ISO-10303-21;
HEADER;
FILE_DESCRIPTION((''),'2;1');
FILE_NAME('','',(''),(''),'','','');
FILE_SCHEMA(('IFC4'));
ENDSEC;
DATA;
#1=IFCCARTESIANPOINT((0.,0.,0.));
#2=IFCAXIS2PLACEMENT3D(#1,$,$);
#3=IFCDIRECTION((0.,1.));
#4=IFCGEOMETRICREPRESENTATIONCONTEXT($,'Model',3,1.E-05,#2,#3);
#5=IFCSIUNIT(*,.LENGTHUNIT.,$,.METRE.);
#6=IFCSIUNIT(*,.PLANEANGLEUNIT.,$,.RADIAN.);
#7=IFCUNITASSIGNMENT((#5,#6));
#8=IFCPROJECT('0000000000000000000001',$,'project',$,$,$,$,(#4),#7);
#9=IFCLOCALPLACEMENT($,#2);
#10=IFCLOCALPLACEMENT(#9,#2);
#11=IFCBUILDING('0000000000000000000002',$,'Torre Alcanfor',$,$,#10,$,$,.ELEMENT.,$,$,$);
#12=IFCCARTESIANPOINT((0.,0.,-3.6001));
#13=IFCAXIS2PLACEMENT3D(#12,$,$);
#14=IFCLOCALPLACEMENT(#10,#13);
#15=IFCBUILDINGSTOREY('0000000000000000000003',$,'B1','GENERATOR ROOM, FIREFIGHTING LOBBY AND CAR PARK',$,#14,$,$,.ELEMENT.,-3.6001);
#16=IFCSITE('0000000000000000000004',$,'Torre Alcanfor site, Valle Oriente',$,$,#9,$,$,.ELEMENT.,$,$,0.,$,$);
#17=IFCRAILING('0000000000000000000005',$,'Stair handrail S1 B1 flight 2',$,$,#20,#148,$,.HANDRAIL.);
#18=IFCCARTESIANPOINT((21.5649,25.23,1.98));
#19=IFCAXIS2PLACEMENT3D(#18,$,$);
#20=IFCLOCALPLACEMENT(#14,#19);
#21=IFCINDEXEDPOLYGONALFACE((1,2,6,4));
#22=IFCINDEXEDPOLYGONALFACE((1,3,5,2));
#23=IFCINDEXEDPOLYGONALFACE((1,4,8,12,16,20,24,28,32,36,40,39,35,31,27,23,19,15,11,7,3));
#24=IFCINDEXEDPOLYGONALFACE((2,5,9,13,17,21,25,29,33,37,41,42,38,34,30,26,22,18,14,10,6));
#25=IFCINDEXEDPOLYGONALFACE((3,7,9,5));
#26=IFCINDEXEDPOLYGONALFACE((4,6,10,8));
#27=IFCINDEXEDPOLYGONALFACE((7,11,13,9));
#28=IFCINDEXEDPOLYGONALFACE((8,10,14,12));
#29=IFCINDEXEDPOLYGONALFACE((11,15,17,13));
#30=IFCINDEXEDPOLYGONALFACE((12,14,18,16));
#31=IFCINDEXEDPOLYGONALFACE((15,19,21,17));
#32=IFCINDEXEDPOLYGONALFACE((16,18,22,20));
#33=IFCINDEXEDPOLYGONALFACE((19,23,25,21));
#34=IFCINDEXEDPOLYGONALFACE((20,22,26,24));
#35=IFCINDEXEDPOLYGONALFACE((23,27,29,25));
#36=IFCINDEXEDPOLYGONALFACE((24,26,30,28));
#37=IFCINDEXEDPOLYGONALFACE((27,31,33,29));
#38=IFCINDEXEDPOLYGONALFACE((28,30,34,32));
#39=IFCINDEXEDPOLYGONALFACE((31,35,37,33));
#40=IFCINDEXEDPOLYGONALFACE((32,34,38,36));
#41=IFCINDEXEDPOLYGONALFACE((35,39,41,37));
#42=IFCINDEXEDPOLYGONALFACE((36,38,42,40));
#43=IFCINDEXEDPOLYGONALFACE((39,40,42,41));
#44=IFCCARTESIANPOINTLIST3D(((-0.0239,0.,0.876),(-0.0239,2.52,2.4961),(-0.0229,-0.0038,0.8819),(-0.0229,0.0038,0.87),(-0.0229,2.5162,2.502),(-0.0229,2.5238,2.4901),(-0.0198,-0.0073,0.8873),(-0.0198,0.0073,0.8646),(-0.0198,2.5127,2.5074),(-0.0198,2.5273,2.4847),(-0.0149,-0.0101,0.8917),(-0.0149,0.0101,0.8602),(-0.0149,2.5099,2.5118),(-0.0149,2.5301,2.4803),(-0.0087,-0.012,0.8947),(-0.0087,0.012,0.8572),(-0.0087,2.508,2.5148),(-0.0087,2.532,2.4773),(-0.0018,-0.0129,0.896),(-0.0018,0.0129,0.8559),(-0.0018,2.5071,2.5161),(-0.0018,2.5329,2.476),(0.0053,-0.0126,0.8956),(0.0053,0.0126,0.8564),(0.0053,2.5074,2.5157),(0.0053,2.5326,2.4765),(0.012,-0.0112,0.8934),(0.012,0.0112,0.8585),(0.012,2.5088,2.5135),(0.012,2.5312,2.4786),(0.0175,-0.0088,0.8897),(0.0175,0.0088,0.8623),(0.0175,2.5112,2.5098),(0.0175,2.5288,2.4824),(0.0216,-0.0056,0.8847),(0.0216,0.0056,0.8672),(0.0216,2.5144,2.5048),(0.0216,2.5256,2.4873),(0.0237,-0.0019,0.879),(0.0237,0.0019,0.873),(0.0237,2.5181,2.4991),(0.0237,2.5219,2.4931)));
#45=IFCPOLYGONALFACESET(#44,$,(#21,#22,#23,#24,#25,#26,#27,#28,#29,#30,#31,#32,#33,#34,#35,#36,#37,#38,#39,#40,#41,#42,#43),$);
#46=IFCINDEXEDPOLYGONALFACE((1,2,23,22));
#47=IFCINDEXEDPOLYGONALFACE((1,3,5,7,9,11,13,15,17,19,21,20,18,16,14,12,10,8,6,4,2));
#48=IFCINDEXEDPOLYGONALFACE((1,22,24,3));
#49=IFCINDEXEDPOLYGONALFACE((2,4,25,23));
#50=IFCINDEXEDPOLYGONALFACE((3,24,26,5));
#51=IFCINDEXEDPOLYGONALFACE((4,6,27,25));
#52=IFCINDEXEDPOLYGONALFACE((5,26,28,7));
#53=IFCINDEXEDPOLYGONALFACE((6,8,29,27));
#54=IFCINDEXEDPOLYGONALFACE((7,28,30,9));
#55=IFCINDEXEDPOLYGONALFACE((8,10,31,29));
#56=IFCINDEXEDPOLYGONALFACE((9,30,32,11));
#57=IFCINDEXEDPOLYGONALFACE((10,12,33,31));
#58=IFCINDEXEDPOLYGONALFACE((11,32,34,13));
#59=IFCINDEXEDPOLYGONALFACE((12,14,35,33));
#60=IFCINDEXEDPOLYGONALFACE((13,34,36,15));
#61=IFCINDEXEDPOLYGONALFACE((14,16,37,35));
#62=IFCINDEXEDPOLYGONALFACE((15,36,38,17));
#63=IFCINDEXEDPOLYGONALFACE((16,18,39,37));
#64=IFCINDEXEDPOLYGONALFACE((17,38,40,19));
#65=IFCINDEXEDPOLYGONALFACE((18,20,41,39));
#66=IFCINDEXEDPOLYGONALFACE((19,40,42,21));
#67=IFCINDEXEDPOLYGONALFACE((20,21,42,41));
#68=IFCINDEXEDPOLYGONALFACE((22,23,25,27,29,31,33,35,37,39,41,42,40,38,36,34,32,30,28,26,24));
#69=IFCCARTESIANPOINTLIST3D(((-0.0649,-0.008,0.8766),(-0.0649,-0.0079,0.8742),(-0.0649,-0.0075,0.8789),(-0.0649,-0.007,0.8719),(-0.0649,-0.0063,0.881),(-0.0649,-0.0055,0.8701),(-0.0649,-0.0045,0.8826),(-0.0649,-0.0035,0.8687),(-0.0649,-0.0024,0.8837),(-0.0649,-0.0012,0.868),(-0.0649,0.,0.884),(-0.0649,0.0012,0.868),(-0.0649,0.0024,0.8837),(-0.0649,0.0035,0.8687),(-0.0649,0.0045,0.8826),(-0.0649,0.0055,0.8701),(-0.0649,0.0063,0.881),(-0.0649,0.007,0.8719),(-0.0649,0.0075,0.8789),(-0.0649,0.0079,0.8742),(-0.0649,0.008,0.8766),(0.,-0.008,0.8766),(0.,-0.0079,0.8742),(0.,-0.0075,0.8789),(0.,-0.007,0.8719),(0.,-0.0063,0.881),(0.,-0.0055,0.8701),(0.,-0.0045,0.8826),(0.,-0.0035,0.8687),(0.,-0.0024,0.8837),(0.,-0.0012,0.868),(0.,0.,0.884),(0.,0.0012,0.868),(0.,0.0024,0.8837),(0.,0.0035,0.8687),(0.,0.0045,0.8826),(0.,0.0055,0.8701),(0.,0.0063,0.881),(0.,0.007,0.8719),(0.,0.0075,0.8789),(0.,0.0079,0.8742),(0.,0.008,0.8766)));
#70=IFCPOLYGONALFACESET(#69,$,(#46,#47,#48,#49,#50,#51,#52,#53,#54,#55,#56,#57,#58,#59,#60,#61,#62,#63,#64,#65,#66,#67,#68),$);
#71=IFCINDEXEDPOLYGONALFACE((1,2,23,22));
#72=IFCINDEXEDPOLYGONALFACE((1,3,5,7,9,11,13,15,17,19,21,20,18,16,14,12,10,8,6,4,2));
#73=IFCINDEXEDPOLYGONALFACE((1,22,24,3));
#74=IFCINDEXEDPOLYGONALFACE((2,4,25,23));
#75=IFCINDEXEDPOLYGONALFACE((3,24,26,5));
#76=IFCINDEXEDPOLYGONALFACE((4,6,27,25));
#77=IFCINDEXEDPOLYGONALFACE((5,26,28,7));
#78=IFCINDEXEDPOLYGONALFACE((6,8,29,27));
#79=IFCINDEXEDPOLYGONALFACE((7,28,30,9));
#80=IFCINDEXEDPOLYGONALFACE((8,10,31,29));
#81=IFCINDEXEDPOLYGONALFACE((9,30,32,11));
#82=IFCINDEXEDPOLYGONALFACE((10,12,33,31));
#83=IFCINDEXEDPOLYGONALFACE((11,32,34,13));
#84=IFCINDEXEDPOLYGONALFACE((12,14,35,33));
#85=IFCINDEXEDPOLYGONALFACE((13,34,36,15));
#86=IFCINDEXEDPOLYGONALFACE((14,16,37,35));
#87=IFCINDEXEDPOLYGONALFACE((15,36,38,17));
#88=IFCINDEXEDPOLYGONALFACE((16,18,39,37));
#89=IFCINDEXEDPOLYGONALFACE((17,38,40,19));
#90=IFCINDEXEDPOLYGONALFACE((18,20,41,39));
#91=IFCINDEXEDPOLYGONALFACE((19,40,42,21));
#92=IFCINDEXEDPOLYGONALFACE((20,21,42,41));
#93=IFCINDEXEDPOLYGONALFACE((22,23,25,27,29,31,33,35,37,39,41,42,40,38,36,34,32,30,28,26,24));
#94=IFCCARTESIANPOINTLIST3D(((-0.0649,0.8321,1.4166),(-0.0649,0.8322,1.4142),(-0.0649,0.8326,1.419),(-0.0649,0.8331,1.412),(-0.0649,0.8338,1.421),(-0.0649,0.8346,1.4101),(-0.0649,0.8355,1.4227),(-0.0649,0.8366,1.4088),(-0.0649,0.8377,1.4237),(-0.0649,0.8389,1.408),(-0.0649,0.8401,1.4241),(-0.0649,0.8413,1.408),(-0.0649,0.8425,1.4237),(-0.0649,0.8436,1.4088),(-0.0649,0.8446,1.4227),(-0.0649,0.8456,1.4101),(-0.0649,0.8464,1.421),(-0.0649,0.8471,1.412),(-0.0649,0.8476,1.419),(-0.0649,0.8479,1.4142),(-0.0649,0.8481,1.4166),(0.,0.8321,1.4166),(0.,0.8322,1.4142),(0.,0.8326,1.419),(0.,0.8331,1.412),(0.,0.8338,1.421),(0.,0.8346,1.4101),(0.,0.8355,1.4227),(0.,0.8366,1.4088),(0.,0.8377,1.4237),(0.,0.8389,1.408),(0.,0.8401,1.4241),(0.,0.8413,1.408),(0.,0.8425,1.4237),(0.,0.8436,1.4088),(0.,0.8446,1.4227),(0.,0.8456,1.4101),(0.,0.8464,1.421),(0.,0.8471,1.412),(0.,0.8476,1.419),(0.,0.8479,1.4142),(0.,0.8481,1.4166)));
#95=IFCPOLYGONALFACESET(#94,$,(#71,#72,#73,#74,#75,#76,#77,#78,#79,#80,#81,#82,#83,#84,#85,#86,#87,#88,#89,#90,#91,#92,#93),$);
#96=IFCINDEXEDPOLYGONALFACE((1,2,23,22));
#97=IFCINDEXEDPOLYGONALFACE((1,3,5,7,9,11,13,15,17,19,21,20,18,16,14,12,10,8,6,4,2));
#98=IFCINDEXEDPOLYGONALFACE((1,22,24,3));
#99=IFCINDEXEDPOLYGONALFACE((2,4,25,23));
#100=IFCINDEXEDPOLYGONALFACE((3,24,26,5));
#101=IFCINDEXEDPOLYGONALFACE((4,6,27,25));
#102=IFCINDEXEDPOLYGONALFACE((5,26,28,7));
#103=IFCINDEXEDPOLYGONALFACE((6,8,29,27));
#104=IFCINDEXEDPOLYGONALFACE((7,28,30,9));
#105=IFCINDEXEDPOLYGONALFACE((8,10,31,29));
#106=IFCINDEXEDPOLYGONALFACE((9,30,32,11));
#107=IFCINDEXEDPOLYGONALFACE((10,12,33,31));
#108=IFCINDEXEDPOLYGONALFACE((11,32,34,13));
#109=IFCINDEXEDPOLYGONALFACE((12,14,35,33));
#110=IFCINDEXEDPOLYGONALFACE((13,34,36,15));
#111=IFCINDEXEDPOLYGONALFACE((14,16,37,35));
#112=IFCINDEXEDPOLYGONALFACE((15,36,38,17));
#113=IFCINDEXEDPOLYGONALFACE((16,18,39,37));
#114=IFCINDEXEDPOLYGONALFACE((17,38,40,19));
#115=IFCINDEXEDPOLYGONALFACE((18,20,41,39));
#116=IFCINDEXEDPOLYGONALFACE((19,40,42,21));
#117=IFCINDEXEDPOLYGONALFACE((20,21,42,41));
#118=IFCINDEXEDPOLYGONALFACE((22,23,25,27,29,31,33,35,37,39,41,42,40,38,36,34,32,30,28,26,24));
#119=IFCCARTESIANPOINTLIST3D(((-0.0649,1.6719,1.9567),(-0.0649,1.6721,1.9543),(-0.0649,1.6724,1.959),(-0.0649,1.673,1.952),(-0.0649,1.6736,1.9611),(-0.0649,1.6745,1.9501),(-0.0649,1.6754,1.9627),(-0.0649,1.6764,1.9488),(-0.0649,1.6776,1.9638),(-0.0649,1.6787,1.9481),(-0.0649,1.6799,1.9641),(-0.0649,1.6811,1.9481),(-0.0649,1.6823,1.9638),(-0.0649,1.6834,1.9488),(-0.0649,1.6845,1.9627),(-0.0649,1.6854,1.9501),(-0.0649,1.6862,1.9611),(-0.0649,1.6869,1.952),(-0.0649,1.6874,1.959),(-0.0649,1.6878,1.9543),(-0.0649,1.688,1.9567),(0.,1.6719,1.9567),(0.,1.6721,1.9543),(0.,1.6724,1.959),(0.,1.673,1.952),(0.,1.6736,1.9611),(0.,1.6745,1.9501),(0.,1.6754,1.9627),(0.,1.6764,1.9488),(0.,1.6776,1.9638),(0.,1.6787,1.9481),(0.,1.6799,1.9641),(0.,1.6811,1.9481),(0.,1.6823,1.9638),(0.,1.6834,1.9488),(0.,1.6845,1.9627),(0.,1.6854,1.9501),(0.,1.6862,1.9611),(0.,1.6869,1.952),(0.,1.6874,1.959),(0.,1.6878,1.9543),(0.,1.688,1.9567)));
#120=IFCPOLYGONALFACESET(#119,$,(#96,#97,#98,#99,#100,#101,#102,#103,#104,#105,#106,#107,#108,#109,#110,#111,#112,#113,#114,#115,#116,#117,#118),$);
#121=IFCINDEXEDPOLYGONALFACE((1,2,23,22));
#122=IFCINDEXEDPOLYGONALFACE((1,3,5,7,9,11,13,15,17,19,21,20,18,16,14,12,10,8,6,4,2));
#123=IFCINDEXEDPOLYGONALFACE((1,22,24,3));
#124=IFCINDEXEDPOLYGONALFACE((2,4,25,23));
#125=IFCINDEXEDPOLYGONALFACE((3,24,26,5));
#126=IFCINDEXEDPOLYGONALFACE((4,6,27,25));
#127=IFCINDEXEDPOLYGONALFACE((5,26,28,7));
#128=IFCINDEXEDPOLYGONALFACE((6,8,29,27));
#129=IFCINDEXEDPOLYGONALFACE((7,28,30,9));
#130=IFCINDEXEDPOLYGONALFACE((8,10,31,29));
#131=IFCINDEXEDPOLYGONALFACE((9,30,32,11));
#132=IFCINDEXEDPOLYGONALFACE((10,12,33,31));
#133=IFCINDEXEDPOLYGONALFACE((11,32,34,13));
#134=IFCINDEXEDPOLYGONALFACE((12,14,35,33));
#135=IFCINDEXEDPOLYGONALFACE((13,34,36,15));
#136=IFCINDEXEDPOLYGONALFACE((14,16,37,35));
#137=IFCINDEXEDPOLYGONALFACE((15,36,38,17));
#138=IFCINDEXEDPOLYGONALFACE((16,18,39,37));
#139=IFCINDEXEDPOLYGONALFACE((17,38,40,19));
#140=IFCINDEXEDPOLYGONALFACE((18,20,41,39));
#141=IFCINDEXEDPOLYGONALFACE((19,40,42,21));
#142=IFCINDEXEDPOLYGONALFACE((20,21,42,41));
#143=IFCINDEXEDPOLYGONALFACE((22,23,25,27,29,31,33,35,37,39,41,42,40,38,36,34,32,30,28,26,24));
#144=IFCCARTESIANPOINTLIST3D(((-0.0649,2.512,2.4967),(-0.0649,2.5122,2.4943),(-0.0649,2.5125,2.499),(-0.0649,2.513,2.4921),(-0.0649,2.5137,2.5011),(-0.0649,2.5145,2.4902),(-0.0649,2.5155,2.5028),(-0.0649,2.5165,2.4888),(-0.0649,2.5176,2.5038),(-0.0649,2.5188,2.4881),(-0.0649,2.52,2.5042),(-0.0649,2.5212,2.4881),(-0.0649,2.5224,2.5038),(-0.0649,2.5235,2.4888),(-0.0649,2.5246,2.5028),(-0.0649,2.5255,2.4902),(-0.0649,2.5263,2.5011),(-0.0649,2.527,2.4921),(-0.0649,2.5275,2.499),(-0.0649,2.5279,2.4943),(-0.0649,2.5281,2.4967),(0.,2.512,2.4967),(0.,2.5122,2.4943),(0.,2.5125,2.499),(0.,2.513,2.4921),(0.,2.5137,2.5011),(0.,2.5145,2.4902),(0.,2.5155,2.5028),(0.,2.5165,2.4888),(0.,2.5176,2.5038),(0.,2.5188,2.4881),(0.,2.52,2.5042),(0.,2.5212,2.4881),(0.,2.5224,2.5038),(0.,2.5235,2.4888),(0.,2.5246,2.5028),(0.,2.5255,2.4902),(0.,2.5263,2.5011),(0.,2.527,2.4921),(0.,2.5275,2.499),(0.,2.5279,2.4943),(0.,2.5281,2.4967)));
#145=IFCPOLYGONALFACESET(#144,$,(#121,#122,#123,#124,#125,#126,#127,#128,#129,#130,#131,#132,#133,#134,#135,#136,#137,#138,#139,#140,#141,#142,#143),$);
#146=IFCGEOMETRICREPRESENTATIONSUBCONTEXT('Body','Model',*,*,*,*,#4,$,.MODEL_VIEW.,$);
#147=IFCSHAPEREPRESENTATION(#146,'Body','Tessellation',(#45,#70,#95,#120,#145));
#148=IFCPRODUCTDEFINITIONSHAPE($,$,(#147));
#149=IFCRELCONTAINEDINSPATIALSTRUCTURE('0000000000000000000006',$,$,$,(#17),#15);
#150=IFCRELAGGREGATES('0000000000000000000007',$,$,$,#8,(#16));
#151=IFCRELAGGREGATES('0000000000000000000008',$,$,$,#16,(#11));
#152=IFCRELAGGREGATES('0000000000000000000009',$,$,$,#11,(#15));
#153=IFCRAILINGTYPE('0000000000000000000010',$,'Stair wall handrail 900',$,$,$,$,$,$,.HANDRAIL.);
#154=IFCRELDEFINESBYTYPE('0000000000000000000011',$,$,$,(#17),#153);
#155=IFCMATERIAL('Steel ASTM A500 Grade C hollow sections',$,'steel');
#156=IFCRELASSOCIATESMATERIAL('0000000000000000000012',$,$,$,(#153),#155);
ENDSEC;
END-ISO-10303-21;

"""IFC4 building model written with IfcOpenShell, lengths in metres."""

from ifc_helpers import new_model, si_unit, direction, frame, origin, origin_2d, place, context, subcontext, project, spatial, circle, extrude, material, type_object, element, save


model = new_model("IFC4")

# Units and contexts
model_context = context("Model", 3, precision=1e-05, world=origin(), true_north=direction((0.0, 1.0)))
body_context = subcontext(model_context, "Body", "Model", "MODEL_VIEW")
ifc_project = project(units=[si_unit("LENGTHUNIT", "METRE"), si_unit("PLANEANGLEUNIT", "RADIAN")], contexts=[model_context])

# Site, building, storey
site_placement = place(None, origin())
site = spatial("IfcSite", under=ifc_project, at=site_placement, Name="Torre Alcanfor site, Valle Oriente", CompositionType="ELEMENT", RefElevation=0.0)
building_placement = place(site_placement, origin())
building = spatial("IfcBuilding", under=site, at=building_placement, Name="Torre Alcanfor", CompositionType="ELEMENT")
storey_placement = place(building_placement, frame((0.0, 0.0, -3.6001)))
storey = spatial("IfcBuildingStorey", under=building, at=storey_placement, Name="B1", Description="GENERATOR ROOM, FIREFIGHTING LOBBY AND CAR PARK", CompositionType="ELEMENT", Elevation=-3.6001)

# Railing
ifc_material_1 = material(Name="Steel ASTM A500 Grade C hollow sections", Category="steel")
railing_type_1 = type_object("IfcRailingType", Name="Stair wall handrail 900", PredefinedType="HANDRAIL", material=ifc_material_1)
railing_1_placement = place(storey_placement, frame((21.5649, 25.23, 1.98)))
element("IfcRailing", 1, at=railing_1_placement, inside=storey, type_object=railing_type_1, Name="Stair handrail S1 B1 flight 2", PredefinedType="HANDRAIL", context=body_context, shape_type="SweptSolid", body=[
    extrude(circle(Radius=0.0239, at=origin_2d()), frame((0.0, 0.0, 0.876), z_axis=(0.0, 0.841163, 0.540782), x_axis=(-1.0, 0.0, 0.0)), (0.0, 0.0, 1.0), 2.9958),
    extrude(circle(Radius=0.0081, at=origin_2d()), frame((0.0, 0.0, 0.876), z_axis=(-1.0, 0.0, 0.0), x_axis=(0.0, 0.0, 1.0)), (0.0, 0.0, 1.0), 0.0649),
    extrude(circle(Radius=0.0081, at=origin_2d()), frame((0.0, 0.8401, 1.416), z_axis=(-1.0, 0.0, 0.0), x_axis=(0.0, 0.0, 1.0)), (0.0, 0.0, 1.0), 0.0649),
    extrude(circle(Radius=0.0081, at=origin_2d()), frame((0.0, 1.6799, 1.9561), z_axis=(-1.0, 0.0, 0.0), x_axis=(0.0, 0.0, 1.0)), (0.0, 0.0, 1.0), 0.0649),
    extrude(circle(Radius=0.0081, at=origin_2d()), frame((0.0, 2.52, 2.4961), z_axis=(-1.0, 0.0, 0.0), x_axis=(0.0, 0.0, 1.0)), (0.0, 0.0, 1.0), 0.0649),
])

save(model, "model.ifc")
